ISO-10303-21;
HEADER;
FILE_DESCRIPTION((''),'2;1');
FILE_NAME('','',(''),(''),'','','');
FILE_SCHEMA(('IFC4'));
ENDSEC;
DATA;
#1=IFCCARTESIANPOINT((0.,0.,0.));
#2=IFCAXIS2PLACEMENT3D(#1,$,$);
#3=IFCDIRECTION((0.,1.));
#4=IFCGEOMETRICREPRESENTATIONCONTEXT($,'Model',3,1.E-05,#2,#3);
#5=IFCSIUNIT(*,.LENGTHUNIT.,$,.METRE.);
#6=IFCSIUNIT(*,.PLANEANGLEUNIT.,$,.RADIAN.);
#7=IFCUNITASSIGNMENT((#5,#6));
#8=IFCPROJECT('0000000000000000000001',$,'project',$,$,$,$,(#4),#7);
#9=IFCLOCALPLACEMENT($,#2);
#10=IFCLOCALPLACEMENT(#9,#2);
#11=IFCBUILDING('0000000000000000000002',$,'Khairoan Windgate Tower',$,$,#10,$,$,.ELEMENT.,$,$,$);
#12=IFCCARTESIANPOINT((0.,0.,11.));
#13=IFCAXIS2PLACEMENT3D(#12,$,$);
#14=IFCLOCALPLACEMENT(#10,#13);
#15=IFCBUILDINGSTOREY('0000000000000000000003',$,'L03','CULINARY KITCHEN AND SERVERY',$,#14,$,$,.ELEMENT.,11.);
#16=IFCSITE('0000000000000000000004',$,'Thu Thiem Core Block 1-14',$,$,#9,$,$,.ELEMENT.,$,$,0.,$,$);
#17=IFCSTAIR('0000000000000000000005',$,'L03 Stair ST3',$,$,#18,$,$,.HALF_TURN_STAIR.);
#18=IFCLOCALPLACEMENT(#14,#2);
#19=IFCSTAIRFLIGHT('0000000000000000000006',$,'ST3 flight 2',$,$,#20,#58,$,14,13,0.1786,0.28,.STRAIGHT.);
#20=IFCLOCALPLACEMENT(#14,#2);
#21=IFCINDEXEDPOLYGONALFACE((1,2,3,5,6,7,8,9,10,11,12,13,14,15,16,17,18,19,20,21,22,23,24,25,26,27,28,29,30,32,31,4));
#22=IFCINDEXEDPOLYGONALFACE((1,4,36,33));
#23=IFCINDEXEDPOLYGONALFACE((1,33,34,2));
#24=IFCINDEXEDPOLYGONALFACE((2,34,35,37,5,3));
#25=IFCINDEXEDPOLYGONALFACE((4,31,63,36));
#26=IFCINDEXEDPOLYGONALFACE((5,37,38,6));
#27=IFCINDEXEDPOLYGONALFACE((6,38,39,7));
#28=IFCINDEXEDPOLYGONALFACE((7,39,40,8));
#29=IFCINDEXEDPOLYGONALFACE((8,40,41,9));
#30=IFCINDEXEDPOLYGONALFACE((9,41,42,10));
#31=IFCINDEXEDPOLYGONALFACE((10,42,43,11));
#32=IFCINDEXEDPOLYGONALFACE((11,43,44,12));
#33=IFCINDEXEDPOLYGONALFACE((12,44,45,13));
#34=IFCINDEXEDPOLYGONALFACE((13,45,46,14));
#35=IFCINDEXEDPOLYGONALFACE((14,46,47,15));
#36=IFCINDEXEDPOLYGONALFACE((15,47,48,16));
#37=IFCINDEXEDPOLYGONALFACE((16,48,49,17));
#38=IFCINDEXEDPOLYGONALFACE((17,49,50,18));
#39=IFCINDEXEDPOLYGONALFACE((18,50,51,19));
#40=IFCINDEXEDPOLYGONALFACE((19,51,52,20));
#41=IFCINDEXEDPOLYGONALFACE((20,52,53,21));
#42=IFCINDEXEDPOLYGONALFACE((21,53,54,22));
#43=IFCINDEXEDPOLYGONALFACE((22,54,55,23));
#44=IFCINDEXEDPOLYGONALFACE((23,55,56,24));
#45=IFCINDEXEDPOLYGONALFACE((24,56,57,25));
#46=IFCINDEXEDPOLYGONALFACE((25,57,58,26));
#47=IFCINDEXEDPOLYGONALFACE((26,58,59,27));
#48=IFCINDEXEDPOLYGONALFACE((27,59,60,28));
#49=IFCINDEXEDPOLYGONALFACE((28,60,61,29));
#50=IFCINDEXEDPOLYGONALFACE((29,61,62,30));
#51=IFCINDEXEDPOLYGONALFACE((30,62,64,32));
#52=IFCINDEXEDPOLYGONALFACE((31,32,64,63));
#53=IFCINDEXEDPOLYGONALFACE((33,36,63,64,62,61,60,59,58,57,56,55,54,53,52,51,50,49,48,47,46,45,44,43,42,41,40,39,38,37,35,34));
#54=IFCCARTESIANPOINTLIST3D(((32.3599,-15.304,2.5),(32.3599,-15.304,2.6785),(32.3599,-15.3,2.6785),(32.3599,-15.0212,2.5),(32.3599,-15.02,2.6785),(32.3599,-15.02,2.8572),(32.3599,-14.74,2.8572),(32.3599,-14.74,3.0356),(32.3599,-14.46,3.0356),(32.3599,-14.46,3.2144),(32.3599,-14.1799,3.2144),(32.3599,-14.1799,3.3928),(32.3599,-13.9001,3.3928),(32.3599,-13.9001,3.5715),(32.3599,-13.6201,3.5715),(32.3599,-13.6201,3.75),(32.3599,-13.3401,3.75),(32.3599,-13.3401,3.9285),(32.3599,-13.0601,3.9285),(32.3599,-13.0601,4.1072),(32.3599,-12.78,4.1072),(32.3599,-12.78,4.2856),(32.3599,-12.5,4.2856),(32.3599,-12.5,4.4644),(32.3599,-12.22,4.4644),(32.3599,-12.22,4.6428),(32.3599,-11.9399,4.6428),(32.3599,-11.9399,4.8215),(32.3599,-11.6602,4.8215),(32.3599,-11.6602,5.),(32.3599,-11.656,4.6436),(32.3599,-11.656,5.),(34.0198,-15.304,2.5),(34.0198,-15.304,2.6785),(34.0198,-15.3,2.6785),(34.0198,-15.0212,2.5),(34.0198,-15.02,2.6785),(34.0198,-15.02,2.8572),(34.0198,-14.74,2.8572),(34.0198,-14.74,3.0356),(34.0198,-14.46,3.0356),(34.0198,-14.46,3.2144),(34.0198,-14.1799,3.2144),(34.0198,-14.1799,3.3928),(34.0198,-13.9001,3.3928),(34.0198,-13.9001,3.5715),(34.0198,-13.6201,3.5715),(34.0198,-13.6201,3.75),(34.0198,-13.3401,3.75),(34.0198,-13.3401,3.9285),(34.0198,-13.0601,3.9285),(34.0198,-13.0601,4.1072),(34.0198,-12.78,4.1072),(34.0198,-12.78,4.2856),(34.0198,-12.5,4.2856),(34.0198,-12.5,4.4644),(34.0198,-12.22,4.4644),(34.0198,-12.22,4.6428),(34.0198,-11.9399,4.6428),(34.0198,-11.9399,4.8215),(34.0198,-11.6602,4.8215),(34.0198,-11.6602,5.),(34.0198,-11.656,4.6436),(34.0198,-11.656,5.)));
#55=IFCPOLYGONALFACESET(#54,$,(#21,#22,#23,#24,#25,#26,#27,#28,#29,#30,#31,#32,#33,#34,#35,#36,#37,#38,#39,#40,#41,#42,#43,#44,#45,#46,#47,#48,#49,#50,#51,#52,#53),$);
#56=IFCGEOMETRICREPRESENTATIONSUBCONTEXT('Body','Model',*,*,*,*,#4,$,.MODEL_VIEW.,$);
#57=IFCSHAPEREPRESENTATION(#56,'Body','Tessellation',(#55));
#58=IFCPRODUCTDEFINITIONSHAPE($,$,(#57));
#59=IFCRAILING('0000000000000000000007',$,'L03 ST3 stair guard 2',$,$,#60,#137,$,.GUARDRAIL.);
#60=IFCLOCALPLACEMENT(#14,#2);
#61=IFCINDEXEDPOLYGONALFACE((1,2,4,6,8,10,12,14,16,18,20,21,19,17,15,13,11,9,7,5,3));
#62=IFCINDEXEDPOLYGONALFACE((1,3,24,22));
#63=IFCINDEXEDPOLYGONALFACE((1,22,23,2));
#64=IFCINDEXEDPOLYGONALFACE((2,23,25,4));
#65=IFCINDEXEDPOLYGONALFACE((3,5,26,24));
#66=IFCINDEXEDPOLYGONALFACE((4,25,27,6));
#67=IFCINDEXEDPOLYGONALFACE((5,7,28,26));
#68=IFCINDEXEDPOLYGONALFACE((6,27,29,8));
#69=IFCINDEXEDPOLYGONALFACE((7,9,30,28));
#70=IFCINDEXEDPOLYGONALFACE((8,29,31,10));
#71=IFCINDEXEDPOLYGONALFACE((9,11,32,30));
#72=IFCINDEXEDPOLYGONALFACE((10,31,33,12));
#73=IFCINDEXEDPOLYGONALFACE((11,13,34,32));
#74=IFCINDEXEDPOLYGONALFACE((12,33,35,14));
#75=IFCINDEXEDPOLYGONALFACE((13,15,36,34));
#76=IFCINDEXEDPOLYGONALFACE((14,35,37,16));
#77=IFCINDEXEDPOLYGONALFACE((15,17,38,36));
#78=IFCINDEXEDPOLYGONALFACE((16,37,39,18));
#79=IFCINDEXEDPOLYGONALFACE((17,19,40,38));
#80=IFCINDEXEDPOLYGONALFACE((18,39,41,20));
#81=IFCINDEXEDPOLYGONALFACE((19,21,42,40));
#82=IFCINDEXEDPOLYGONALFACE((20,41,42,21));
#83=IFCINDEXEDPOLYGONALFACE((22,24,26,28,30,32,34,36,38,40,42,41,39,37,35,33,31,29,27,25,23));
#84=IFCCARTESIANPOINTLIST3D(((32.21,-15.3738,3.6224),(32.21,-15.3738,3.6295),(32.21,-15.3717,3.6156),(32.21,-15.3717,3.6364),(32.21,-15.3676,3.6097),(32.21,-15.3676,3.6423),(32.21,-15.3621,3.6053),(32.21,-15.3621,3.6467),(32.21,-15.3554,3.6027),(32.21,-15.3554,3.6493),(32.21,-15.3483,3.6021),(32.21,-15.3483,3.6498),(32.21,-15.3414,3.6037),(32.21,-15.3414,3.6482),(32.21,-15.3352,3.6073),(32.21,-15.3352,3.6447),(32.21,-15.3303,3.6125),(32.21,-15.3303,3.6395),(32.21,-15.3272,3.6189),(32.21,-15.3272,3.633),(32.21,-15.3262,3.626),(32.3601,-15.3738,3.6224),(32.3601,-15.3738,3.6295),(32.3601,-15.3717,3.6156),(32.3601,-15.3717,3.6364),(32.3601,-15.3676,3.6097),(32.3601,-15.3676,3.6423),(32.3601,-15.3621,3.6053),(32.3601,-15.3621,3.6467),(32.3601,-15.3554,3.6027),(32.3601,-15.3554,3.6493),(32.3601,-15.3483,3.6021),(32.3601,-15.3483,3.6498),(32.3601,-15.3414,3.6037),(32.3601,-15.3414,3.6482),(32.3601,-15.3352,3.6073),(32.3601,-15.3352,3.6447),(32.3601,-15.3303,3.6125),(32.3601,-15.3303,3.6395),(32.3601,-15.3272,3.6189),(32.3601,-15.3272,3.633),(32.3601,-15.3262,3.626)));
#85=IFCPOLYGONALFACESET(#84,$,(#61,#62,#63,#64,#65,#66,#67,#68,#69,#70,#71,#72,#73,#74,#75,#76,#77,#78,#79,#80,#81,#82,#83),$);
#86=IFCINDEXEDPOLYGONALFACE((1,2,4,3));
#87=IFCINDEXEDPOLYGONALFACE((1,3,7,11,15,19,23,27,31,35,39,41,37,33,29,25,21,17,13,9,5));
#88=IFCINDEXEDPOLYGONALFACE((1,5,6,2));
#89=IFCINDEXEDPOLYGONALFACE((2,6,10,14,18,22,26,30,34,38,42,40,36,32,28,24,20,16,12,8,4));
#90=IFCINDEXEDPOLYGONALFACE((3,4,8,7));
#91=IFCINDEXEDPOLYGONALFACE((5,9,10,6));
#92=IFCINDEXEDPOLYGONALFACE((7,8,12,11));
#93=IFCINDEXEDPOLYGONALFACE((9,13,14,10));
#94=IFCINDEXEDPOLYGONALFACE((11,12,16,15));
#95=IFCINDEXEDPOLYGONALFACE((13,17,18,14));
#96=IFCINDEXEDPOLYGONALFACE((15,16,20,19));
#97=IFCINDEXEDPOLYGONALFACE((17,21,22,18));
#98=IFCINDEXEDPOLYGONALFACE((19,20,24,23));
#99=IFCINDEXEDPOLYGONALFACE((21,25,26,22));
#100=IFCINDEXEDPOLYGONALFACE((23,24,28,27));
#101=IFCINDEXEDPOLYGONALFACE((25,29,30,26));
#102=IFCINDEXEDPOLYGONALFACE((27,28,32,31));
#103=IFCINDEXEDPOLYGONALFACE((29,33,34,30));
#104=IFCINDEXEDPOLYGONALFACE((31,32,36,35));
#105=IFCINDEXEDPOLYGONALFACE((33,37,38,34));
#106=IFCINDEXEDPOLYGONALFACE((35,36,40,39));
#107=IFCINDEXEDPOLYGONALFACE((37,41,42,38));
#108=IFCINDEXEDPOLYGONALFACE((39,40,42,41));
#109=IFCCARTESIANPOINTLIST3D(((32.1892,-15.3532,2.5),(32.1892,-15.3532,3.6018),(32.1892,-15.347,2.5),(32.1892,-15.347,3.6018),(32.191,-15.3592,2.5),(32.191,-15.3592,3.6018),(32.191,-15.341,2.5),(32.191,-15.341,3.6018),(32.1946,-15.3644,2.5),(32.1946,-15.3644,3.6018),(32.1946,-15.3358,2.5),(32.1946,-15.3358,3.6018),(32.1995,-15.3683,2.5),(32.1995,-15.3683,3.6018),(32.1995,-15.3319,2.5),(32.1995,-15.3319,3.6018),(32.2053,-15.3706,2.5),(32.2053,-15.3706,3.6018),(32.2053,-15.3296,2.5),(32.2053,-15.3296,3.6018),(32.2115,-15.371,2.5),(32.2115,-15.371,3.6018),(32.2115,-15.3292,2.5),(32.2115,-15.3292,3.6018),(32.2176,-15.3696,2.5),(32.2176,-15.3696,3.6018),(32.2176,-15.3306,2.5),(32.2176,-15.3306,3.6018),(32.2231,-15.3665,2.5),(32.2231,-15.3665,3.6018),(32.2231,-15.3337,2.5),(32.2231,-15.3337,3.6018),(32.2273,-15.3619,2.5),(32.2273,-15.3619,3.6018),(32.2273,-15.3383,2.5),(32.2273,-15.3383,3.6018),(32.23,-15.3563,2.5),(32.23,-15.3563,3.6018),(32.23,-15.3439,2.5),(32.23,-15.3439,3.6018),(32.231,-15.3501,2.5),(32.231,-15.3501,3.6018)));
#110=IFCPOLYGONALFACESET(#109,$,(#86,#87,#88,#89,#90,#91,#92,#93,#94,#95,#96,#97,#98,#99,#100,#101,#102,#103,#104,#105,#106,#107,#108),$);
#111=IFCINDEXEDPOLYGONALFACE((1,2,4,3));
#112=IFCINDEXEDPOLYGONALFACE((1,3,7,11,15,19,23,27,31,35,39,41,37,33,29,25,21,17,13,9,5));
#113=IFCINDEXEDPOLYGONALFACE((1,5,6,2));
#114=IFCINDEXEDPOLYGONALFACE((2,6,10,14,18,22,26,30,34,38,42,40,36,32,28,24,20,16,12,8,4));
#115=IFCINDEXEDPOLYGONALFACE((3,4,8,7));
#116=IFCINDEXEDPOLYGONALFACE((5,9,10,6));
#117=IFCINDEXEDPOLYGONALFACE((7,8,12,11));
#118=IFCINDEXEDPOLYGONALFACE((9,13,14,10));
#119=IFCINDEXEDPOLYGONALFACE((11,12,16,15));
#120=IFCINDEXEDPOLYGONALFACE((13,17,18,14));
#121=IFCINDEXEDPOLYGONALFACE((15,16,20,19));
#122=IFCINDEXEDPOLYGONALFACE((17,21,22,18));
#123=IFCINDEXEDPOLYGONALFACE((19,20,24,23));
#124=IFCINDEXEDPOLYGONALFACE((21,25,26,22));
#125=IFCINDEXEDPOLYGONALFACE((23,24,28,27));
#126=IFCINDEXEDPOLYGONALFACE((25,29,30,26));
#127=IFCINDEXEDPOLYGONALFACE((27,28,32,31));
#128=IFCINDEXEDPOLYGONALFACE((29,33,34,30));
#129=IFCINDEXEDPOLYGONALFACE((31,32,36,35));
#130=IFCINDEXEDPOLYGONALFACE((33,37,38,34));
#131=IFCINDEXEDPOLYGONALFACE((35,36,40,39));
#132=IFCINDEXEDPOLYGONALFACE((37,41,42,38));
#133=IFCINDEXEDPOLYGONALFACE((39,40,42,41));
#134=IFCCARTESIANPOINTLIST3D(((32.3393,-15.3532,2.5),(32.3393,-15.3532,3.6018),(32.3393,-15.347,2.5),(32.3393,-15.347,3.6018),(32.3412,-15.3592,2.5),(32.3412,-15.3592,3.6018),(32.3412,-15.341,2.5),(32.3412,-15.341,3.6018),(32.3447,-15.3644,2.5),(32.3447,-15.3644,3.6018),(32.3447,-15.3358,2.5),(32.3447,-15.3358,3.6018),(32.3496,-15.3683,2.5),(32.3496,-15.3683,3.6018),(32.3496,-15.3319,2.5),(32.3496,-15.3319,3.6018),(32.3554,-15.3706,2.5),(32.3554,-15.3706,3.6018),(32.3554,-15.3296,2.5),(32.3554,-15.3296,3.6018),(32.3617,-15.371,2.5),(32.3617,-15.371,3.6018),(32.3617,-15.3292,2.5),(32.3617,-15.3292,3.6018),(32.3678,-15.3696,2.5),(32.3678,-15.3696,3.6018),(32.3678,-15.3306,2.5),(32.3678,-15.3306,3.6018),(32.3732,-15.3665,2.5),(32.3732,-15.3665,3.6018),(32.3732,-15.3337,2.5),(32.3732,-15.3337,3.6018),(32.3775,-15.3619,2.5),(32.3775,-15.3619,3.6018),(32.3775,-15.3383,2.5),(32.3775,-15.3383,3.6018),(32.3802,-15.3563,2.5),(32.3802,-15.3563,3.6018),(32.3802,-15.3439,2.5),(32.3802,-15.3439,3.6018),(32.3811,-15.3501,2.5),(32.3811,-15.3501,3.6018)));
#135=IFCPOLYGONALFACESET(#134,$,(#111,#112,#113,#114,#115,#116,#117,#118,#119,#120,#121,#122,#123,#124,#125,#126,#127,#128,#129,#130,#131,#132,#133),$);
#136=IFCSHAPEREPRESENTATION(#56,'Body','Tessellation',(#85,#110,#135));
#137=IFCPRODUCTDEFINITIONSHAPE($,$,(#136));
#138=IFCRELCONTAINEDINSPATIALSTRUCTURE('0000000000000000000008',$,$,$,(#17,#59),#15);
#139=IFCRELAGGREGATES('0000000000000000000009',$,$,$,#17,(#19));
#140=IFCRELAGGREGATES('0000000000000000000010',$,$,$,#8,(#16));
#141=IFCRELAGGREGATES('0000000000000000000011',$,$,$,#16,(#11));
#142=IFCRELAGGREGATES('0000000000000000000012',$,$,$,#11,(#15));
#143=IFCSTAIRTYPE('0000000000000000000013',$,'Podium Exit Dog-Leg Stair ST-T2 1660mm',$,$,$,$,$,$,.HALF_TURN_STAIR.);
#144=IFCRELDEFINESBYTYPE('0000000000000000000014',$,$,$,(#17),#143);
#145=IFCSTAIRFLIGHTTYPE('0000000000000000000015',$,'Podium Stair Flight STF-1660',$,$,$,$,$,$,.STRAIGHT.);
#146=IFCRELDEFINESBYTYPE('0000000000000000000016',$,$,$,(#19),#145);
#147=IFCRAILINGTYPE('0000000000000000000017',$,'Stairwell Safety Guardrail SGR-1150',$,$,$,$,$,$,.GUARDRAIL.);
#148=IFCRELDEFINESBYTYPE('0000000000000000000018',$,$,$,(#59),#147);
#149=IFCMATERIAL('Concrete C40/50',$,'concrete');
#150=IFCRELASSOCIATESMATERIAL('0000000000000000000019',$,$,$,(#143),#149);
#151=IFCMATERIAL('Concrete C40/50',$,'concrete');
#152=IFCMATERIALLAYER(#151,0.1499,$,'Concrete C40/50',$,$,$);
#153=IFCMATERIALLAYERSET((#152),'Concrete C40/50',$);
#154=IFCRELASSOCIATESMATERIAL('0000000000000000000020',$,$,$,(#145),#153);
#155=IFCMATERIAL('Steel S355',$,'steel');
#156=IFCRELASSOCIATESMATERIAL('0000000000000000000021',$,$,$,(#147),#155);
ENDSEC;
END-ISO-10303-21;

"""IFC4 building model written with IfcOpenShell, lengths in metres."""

from ifc_helpers import new_model, si_unit, direction, frame, origin, origin_2d, place, context, subcontext, project, spatial, polyline, circle, outline, extrude, material, layer, layer_set, type_object, element, aggregate, save


model = new_model("IFC4")

# Units and contexts
model_context = context("Model", 3, precision=1e-05, world=origin(), true_north=direction((0.0, 1.0)))
body_context = subcontext(model_context, "Body", "Model", "MODEL_VIEW")
ifc_project = project(units=[si_unit("LENGTHUNIT", "METRE"), si_unit("PLANEANGLEUNIT", "RADIAN")], contexts=[model_context])

# Site, building, storey
site_placement = place(None, origin())
site = spatial("IfcSite", under=ifc_project, at=site_placement, Name="Thu Thiem Core Block 1-14", CompositionType="ELEMENT", RefElevation=0.0)
building_placement = place(site_placement, origin())
building = spatial("IfcBuilding", under=site, at=building_placement, Name="Khairoan Windgate Tower", CompositionType="ELEMENT")
storey_placement = place(building_placement, frame((0.0, 0.0, 11.0)))
storey = spatial("IfcBuildingStorey", under=building, at=storey_placement, Name="L03", Description="CULINARY KITCHEN AND SERVERY", CompositionType="ELEMENT", Elevation=11.0)

# Stair, stair flight
ifc_material_1 = material(Name="Concrete C40/50", Category="concrete")
stair_type = type_object("IfcStairType", Name="Podium Exit Dog-Leg Stair ST-T2 1660mm", PredefinedType="HALF_TURN_STAIR", material=ifc_material_1)
stair_placement = place(storey_placement, origin())
stair = element("IfcStair", 1, at=stair_placement, inside=storey, type_object=stair_type, Name="L03 Stair ST3", PredefinedType="HALF_TURN_STAIR")
ifc_material_2 = material(Name="Concrete C40/50", Category="concrete")
ifc_layer_1 = layer(ifc_material_2, 0.1499, Name="Concrete C40/50")
ifc_layer_set_1 = layer_set([ifc_layer_1], Name="Concrete C40/50")
stair_flight_type = type_object("IfcStairFlightType", Name="Podium Stair Flight STF-1660", PredefinedType="STRAIGHT", material=ifc_layer_set_1)
stair_flight_placement = place(storey_placement, frame((33.1899, -15.3, 2.5), z_axis=(0.0, 0.0, 1.0), x_axis=(0.0, 1.0, 0.0)))
stair_flight = element("IfcStairFlight", 2, at=stair_flight_placement, type_object=stair_flight_type, Name="ST3 flight 2", NumberOfRisers=14, NumberOfTreads=13, PredefinedType="STRAIGHT", RiserHeight=0.1786, TreadLength=0.28, context=body_context, shape_type="SweptSolid", body=[
    extrude(outline(polyline([(-0.0039, 0.0), (-0.0039, 0.1785), (0.0, 0.1785), (0.28, 0.1785), (0.28, 0.3572), (0.5601, 0.3572), (0.5601, 0.5356), (0.8401, 0.5356), (0.8401, 0.7144), (1.1201, 0.7144), (1.1201, 0.8928), (1.3999, 0.8928), (1.3999, 1.0715), (1.6799, 1.0715), (1.6799, 1.25), (1.96, 1.25), (1.96, 1.4285), (2.24, 1.4285), (2.24, 1.6072), (2.52, 1.6072), (2.52, 1.7856), (2.8, 1.7856), (2.8, 1.9644), (3.0801, 1.9644), (3.0801, 2.1428), (3.3601, 2.1428), (3.3601, 2.3215), (3.6399, 2.3215), (3.6399, 2.5), (3.644, 2.5), (3.644, 2.1436), (0.2788, 0.0), (-0.0039, 0.0)])), frame((0.0, 0.8301, 0.0), z_axis=(0.0, -1.0, 0.0), x_axis=(1.0, 0.0, 0.0)), (0.0, 0.0, 1.0), 1.6599),
])
aggregate(stair, [stair_flight])

# Railing
ifc_material_3 = material(Name="Steel S355", Category="steel")
railing_type_1 = type_object("IfcRailingType", Name="Stairwell Safety Guardrail SGR-1150", PredefinedType="GUARDRAIL", material=ifc_material_3)
railing_1_placement = place(storey_placement, frame((32.21, -15.3501, 2.5)))
element("IfcRailing", 3, at=railing_1_placement, inside=storey, type_object=railing_type_1, Name="L03 ST3 stair guard 2", PredefinedType="GUARDRAIL", context=body_context, shape_type="SweptSolid", body=[
    extrude(circle(Radius=0.0239, at=origin_2d()), frame((0.0, 0.0, 1.126), z_axis=(1.0, 0.0, 0.0), x_axis=(0.0, 1.0, 0.0)), (0.0, 0.0, 1.0), 0.1501),
    extrude(circle(Radius=0.021, at=origin_2d()), origin(), (0.0, 0.0, 1.0), 1.1018),
    extrude(circle(Radius=0.021, at=origin_2d()), frame((0.1501, 0.0, 0.0)), (0.0, 0.0, 1.0), 1.1018),
])

save(model, "model.ifc")
